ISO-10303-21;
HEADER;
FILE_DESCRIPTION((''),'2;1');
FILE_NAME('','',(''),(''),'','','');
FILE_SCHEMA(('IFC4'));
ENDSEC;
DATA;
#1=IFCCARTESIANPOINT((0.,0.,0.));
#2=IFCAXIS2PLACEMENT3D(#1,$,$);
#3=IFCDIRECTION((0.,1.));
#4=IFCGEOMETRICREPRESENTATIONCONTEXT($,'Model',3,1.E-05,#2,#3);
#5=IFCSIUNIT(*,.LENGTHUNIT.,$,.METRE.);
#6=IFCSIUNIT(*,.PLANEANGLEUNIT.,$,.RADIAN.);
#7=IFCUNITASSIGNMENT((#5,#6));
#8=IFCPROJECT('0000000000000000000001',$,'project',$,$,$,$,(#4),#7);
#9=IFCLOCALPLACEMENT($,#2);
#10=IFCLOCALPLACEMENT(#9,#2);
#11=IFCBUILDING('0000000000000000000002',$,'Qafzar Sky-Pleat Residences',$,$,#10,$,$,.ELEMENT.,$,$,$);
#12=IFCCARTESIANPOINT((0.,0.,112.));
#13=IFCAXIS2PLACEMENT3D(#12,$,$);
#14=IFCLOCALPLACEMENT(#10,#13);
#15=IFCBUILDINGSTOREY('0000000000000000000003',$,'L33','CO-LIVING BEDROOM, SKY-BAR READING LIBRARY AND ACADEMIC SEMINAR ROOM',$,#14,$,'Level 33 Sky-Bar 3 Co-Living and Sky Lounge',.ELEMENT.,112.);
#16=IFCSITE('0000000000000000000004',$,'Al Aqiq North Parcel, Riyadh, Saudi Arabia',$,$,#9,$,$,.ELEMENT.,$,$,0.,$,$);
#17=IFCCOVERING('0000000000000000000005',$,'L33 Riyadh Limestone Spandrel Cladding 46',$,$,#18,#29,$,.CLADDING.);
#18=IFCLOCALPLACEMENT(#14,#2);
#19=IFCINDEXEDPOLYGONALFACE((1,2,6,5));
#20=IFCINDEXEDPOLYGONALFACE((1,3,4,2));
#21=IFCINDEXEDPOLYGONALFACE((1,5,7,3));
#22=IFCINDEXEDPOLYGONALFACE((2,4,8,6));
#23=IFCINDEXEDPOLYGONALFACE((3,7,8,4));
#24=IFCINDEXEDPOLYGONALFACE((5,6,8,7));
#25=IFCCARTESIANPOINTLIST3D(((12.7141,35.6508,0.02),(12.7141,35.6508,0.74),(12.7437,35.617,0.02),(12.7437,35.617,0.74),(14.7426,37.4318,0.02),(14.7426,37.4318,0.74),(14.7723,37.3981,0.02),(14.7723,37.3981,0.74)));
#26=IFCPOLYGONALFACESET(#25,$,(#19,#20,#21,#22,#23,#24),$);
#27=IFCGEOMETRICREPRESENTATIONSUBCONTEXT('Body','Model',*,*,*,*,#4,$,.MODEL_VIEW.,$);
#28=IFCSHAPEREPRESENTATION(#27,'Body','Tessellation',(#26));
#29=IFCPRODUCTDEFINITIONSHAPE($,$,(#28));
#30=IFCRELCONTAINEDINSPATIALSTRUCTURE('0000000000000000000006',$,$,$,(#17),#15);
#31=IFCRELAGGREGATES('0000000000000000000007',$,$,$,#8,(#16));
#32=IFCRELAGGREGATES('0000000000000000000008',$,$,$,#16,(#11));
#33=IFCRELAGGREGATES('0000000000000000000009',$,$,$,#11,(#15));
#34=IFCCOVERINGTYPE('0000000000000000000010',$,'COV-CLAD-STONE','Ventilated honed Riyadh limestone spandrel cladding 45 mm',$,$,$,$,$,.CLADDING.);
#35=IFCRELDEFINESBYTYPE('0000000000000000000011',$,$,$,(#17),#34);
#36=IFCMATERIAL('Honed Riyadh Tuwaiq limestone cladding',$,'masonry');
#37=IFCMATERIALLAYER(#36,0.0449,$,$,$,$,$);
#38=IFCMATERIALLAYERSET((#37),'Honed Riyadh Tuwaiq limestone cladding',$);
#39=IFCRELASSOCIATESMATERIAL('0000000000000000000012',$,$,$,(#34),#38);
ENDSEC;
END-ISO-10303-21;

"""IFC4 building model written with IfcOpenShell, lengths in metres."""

from ifc_helpers import new_model, si_unit, direction, frame, origin, origin_2d, place, context, subcontext, project, spatial, rectangle, extrude, source, transform, mapped, material, layer, layer_set, type_object, element, save


model = new_model("IFC4")

# Units and contexts
model_context = context("Model", 3, precision=1e-05, world=origin(), true_north=direction((0.0, 1.0)))
body_context = subcontext(model_context, "Body", "Model", "MODEL_VIEW")
ifc_project = project(units=[si_unit("LENGTHUNIT", "METRE"), si_unit("PLANEANGLEUNIT", "RADIAN")], contexts=[model_context])

# Site, building, storey
site_placement = place(None, origin())
site = spatial("IfcSite", under=ifc_project, at=site_placement, Name="Al Aqiq North Parcel, Riyadh, Saudi Arabia", CompositionType="ELEMENT", RefElevation=0.0)
building_placement = place(site_placement, origin())
building = spatial("IfcBuilding", under=site, at=building_placement, Name="Qafzar Sky-Pleat Residences", CompositionType="ELEMENT")
storey_placement = place(building_placement, frame((0.0, 0.0, 112.0)))
storey = spatial("IfcBuildingStorey", under=building, at=storey_placement, Name="L33", Description="CO-LIVING BEDROOM, SKY-BAR READING LIBRARY AND ACADEMIC SEMINAR ROOM", LongName="Level 33 Sky-Bar 3 Co-Living and Sky Lounge", CompositionType="ELEMENT", Elevation=112.0)

# Covering
ifc_material_1 = material(Name="Honed Riyadh Tuwaiq limestone cladding", Category="masonry")
ifc_layer_1 = layer(ifc_material_1, 0.0449)
ifc_layer_set_1 = layer_set([ifc_layer_1], Name="Honed Riyadh Tuwaiq limestone cladding")
covering_type = type_object("IfcCoveringType", Name="COV-CLAD-STONE", Description="Ventilated honed Riyadh limestone spandrel cladding 45 mm", PredefinedType="CLADDING", material=ifc_layer_set_1)
shared_shape_1 = source(origin(), body_context, "Body", "SweptSolid", [
    extrude(rectangle(XDim=2.6995, YDim=0.0449, at=origin_2d()), origin(), (0.0, 0.0, 1.0), 0.72),
])
covering_1_placement = place(storey_placement, frame((13.7432, 36.5244, 0.02), z_axis=(0.0, 0.0, 1.0), x_axis=(-0.751462, -0.659776, 0.0)))
element("IfcCovering", 1, at=covering_1_placement, inside=storey, type_object=covering_type, Name="L33 Riyadh Limestone Spandrel Cladding 46", PredefinedType="CLADDING", context=body_context, shape_type="MappedRepresentation", body=[
    mapped(shared_shape_1, transform((0.0, 0.0, 0.0), x_axis=(1.0, 0.0, 0.0), y_axis=(0.0, 1.0, 0.0), z_axis=(0.0, 0.0, 1.0), scale=1.0)),
])

save(model, "model.ifc")
